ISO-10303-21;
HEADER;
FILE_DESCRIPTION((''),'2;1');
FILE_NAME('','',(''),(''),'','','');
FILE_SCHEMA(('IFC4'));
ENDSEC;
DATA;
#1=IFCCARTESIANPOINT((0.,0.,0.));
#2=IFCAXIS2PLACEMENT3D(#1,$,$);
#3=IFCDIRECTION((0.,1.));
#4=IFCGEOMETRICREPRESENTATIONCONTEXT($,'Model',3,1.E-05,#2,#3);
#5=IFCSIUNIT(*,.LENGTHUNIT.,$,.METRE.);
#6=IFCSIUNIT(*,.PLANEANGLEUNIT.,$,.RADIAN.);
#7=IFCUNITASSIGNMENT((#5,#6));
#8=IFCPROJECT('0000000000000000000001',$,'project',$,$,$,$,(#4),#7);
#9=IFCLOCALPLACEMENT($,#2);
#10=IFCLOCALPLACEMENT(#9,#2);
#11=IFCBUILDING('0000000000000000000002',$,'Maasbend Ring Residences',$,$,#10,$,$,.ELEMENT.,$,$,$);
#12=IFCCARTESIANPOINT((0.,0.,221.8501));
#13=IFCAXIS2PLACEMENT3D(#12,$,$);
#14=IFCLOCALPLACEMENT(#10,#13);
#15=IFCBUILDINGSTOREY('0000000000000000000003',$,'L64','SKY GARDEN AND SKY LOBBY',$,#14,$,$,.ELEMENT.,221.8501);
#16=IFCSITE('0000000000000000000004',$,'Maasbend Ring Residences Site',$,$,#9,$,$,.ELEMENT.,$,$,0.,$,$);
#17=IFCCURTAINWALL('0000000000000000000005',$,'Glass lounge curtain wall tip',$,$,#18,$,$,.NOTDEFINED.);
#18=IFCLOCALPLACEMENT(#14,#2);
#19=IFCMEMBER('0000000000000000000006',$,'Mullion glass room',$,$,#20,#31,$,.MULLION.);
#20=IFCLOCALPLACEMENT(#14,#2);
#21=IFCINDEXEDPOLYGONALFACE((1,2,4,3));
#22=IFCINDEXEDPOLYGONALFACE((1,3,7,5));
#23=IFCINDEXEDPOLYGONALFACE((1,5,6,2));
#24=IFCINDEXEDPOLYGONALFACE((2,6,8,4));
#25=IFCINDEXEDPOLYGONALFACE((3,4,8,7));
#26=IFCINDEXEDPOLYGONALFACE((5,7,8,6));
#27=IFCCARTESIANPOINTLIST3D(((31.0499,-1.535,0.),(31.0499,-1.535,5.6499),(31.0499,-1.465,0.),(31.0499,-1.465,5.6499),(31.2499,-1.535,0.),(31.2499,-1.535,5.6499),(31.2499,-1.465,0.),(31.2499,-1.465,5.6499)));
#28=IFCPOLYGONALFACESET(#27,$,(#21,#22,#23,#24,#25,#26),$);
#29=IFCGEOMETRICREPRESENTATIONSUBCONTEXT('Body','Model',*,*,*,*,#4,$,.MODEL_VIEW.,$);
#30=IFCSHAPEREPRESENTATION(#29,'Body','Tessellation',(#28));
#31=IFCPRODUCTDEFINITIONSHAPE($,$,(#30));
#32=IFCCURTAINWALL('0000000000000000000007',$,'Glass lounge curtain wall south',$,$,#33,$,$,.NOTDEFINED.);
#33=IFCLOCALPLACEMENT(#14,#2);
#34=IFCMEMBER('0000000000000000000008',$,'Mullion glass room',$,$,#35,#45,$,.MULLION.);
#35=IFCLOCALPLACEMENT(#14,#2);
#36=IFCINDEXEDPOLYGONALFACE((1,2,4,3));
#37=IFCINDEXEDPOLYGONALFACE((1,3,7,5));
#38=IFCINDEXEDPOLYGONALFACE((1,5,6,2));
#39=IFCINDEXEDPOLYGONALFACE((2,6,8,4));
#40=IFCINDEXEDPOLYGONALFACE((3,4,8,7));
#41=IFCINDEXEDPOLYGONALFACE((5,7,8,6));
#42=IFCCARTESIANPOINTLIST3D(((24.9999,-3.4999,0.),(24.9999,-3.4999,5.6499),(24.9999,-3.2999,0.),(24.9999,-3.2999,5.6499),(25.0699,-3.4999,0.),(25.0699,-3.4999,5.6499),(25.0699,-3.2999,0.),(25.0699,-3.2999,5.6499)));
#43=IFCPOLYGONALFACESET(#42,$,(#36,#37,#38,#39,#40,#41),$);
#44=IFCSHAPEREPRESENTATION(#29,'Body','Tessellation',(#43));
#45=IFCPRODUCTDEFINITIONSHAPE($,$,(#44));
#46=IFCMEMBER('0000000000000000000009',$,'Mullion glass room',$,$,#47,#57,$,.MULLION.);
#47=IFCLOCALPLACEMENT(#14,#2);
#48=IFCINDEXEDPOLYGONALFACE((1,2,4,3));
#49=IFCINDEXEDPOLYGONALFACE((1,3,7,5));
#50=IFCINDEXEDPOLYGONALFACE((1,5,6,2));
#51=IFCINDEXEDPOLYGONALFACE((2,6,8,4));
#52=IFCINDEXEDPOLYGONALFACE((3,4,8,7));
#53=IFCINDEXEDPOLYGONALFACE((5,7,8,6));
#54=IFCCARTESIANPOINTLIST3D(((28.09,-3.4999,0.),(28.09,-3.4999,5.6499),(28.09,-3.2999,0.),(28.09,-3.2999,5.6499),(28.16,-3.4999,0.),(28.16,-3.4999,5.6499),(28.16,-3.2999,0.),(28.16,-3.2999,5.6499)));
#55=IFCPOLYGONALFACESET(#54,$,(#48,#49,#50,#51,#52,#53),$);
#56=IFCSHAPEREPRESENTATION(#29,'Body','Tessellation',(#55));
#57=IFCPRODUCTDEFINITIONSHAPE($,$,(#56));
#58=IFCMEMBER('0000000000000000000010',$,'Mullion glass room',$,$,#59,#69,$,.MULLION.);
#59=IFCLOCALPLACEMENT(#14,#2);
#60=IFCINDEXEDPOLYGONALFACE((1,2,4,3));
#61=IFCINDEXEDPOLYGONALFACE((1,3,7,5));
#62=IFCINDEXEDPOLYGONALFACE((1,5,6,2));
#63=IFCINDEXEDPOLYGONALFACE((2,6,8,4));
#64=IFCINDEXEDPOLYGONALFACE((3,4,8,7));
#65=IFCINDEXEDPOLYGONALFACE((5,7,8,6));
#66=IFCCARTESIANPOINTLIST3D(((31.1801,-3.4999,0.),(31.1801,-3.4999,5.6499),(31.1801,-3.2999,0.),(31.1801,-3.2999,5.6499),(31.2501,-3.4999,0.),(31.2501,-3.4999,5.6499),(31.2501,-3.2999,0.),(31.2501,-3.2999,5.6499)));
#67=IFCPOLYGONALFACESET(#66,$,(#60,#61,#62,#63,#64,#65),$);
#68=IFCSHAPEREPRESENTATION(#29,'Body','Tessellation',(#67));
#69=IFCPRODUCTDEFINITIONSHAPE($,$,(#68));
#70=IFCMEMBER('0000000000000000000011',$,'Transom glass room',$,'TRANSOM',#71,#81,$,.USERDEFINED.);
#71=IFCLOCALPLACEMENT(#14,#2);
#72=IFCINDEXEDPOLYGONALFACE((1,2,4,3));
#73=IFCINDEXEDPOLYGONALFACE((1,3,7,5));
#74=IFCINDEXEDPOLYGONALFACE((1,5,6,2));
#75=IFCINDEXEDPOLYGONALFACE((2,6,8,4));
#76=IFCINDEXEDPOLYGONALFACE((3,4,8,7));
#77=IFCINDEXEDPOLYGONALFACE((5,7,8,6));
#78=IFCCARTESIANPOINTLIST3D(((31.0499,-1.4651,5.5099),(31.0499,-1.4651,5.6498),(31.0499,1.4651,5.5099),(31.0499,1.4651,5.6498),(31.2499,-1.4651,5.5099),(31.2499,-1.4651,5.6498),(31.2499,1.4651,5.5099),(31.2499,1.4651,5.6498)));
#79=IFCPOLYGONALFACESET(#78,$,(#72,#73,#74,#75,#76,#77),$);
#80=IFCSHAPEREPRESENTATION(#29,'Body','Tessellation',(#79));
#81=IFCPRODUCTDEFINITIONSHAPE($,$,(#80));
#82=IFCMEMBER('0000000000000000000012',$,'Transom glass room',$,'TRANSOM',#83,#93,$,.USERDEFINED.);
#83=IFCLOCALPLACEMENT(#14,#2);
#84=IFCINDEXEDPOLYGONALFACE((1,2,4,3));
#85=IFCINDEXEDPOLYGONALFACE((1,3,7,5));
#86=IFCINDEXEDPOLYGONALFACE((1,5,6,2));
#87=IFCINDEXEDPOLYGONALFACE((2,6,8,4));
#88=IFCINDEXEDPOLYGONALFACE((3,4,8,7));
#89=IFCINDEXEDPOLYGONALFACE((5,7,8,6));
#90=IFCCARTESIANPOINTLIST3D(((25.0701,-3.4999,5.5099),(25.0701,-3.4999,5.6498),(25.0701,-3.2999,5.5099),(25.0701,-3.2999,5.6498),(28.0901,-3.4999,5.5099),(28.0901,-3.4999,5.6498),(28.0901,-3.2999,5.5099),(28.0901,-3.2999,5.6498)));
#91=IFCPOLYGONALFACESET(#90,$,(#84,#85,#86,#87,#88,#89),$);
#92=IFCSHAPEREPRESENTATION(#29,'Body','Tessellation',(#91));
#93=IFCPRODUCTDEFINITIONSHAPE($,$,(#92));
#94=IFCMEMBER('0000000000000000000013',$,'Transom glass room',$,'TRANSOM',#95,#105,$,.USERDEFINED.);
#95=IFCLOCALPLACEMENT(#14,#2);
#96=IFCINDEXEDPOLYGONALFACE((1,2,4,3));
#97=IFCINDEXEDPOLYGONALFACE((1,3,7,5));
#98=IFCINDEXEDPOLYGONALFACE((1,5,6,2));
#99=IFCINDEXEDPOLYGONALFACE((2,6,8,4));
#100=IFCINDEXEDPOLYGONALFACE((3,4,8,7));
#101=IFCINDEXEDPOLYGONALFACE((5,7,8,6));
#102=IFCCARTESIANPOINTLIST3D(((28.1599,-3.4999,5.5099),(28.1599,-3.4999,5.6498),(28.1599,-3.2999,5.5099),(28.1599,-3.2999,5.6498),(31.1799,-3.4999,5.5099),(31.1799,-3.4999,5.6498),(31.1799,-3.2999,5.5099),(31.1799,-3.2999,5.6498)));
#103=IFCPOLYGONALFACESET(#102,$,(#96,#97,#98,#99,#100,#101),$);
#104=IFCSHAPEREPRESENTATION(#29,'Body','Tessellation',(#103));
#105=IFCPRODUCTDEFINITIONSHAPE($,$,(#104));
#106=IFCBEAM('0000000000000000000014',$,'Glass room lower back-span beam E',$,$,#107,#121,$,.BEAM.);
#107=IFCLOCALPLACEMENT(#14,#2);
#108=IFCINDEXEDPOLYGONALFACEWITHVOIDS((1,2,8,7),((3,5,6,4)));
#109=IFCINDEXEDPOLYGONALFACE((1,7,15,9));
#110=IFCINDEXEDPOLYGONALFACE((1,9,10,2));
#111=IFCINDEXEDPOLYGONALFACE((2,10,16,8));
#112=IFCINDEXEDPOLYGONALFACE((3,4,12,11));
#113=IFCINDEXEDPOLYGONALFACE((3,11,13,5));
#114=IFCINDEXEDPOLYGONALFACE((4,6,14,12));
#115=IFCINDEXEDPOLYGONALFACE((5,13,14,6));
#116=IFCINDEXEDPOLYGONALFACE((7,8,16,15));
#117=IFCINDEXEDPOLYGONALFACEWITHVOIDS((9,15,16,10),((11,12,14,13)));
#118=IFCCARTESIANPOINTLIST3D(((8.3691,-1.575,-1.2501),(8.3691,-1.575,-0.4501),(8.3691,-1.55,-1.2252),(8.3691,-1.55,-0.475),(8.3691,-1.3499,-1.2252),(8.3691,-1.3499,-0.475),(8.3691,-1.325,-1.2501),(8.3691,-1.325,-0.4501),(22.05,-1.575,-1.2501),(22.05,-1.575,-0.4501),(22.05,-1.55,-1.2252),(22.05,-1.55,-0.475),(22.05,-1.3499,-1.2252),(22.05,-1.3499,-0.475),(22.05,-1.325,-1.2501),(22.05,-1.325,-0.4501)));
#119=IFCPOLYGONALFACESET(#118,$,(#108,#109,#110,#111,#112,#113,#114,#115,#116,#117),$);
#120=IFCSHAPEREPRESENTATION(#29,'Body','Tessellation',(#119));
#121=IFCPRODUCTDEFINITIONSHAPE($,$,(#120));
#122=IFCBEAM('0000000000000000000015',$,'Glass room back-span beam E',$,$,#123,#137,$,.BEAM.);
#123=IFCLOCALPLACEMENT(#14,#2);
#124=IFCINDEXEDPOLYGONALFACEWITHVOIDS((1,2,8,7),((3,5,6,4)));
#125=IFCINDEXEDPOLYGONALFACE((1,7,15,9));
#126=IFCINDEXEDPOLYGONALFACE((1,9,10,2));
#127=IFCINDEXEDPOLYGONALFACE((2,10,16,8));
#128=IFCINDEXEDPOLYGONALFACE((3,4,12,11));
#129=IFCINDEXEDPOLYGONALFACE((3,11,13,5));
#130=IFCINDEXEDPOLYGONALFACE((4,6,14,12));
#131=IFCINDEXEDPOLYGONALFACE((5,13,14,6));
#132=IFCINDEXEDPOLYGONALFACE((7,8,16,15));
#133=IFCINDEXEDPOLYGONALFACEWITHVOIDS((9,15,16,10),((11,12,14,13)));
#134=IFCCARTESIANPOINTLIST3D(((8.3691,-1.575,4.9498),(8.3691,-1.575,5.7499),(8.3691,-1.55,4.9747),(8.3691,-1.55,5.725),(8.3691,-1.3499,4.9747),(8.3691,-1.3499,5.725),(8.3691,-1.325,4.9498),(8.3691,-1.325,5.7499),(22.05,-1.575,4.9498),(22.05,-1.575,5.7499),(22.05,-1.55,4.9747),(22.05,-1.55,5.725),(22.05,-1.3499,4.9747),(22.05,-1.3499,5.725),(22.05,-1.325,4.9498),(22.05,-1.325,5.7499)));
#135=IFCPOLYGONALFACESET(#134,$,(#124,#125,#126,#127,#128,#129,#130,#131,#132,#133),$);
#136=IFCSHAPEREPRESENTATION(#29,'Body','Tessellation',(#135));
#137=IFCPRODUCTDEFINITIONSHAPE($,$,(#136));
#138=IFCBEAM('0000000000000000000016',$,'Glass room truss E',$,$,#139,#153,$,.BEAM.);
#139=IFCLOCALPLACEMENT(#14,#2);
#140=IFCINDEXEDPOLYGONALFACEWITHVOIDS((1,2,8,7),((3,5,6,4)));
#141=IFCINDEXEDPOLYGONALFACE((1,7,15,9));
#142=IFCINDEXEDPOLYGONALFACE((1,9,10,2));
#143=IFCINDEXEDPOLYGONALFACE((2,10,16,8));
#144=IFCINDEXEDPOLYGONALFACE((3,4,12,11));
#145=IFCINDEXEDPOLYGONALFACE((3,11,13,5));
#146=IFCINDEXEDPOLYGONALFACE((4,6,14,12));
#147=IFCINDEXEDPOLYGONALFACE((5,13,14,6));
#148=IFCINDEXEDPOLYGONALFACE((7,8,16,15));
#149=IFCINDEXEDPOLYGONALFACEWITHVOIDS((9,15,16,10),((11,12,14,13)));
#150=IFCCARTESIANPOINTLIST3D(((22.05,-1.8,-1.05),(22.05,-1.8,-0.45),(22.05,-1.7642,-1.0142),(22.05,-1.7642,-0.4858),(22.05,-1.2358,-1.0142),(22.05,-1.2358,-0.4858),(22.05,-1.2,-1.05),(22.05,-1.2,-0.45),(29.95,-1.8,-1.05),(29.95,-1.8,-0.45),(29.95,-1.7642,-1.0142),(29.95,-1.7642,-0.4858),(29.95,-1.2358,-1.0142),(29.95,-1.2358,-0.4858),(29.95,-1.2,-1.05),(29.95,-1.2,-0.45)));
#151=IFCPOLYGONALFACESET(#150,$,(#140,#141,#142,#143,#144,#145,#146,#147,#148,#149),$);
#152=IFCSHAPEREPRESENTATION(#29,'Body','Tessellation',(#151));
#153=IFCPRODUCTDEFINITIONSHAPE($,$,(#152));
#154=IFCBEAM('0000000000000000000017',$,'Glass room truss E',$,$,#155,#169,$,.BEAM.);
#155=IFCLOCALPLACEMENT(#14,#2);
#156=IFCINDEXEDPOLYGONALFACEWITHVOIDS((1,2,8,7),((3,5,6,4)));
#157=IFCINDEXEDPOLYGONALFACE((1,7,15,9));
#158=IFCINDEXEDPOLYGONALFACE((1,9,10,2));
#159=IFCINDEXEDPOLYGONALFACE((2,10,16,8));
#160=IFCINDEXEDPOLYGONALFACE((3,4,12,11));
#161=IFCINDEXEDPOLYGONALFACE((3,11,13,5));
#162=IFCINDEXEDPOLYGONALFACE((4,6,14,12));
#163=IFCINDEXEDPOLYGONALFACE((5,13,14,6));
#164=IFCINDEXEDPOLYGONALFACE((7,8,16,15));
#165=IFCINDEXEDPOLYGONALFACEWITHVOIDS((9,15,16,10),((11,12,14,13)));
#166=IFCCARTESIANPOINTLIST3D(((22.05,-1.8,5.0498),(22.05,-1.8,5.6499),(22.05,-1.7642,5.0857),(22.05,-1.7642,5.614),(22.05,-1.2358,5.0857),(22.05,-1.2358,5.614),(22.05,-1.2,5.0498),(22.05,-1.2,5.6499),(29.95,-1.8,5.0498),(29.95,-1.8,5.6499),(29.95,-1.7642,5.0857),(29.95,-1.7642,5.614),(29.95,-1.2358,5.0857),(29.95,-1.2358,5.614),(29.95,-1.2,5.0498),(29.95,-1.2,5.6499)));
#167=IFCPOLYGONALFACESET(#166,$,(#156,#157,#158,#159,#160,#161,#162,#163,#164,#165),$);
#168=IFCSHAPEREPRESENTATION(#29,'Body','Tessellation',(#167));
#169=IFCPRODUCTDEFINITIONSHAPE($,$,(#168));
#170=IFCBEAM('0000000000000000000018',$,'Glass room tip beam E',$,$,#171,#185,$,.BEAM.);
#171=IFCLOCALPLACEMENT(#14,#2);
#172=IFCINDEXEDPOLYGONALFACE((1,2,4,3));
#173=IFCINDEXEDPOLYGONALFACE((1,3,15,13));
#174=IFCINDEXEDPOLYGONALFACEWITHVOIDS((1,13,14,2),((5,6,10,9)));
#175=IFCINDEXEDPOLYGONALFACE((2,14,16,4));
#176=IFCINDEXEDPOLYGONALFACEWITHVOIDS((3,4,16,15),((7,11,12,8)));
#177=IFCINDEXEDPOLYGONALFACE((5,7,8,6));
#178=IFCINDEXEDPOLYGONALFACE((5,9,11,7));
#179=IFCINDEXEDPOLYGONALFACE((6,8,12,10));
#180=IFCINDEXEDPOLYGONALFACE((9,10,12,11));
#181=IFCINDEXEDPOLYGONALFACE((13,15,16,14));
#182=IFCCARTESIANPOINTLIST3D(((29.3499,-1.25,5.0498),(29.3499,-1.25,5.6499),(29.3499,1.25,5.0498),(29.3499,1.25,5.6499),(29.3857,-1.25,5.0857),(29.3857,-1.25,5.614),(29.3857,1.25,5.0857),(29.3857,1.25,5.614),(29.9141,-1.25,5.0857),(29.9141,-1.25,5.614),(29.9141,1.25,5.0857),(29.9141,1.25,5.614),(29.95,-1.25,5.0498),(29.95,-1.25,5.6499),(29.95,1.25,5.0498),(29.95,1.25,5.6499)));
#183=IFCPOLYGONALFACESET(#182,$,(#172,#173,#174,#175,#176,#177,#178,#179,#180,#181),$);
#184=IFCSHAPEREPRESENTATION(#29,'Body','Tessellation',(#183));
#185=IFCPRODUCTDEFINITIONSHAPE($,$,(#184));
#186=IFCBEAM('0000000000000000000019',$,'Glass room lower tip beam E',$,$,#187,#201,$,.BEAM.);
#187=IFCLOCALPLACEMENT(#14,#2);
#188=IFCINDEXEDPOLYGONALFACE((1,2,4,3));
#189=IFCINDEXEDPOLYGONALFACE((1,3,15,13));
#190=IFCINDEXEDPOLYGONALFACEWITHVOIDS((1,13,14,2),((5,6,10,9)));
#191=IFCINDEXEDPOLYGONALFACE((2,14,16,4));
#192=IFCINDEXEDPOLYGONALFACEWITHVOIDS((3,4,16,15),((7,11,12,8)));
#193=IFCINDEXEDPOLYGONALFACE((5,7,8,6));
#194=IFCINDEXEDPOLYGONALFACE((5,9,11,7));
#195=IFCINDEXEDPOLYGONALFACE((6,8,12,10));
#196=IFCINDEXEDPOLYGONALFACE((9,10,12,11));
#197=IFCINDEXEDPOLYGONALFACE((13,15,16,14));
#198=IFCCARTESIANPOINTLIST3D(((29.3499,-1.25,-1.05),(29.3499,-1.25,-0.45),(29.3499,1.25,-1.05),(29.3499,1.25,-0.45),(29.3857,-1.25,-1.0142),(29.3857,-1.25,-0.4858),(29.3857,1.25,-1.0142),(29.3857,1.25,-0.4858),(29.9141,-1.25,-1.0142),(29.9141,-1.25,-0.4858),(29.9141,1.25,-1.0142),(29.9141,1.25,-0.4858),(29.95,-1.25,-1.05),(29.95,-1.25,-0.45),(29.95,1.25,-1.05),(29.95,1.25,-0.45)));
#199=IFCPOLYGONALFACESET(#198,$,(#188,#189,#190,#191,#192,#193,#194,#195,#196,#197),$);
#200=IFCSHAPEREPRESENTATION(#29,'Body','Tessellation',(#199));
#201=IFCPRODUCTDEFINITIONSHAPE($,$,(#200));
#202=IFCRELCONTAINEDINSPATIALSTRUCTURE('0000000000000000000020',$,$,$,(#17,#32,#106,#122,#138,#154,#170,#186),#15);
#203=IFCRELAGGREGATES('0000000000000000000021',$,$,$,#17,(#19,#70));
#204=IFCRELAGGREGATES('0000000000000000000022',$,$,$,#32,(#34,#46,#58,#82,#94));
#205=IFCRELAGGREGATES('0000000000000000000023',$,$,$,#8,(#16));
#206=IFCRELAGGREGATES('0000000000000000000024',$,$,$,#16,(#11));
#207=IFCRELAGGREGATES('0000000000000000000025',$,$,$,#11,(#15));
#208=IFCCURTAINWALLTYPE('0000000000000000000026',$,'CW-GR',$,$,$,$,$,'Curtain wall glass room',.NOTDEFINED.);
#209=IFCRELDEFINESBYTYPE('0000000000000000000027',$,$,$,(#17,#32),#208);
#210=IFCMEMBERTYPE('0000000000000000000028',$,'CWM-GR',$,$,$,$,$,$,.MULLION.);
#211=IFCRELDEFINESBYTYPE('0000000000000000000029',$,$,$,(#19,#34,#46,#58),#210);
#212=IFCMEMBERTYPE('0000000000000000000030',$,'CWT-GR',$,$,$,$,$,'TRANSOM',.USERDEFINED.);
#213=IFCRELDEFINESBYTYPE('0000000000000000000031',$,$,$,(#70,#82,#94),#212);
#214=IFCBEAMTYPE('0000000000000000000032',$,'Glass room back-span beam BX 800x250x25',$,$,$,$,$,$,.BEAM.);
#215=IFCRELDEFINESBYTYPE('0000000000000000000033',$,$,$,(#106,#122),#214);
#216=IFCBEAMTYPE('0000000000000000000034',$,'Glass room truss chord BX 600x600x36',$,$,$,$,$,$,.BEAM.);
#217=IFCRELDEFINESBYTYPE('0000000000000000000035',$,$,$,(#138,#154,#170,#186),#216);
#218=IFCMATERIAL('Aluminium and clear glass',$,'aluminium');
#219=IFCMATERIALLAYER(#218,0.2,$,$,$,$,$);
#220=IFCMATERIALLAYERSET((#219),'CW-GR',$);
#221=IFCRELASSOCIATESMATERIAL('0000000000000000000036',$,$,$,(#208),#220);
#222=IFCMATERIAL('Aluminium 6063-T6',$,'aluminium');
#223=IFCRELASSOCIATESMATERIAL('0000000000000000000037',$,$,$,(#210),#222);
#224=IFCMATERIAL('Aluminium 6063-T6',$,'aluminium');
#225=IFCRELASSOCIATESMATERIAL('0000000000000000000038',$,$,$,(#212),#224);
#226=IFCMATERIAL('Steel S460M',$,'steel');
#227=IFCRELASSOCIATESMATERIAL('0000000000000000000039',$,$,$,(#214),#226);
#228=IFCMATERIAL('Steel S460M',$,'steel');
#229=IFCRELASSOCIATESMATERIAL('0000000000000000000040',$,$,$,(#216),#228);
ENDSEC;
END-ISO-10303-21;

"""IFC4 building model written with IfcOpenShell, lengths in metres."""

from ifc_helpers import new_model, si_unit, direction, frame, origin, origin_2d, place, context, subcontext, project, spatial, rectangle, hollow_rectangle, extrude, material, layer, layer_set, material_profile, profile_set, type_object, element, aggregate, save


model = new_model("IFC4")

# Units and contexts
model_context = context("Model", 3, precision=1e-05, world=origin(), true_north=direction((0.0, 1.0)))
body_context = subcontext(model_context, "Body", "Model", "MODEL_VIEW")
ifc_project = project(units=[si_unit("LENGTHUNIT", "METRE"), si_unit("PLANEANGLEUNIT", "RADIAN")], contexts=[model_context])

# Site, building, storey
site_placement = place(None, origin())
site = spatial("IfcSite", under=ifc_project, at=site_placement, Name="Maasbend Ring Residences Site", CompositionType="ELEMENT", RefElevation=0.0)
building_placement = place(site_placement, origin())
building = spatial("IfcBuilding", under=site, at=building_placement, Name="Maasbend Ring Residences", CompositionType="ELEMENT")
storey_placement = place(building_placement, frame((0.0, 0.0, 221.8501)))
storey = spatial("IfcBuildingStorey", under=building, at=storey_placement, Name="L64", Description="SKY GARDEN AND SKY LOBBY", CompositionType="ELEMENT", Elevation=221.8501)

# Curtain wall, member
ifc_material_1 = material(Name="Aluminium and clear glass", Category="aluminium")
ifc_layer_1 = layer(ifc_material_1, 0.2)
ifc_layer_set_1 = layer_set([ifc_layer_1], Name="CW-GR")
curtain_wall_type = type_object("IfcCurtainWallType", Name="CW-GR", ElementType="Curtain wall glass room", PredefinedType="NOTDEFINED", material=ifc_layer_set_1)
curtain_wall_1_placement = place(storey_placement, origin())
curtain_wall_1 = element("IfcCurtainWall", 1, at=curtain_wall_1_placement, inside=storey, type_object=curtain_wall_type, Name="Glass lounge curtain wall tip", PredefinedType="NOTDEFINED")
ifc_material_2 = material(Name="Aluminium 6063-T6", Category="aluminium")
ifc_material_profile_1 = material_profile(ifc_material_2, rectangle(XDim=0.2, YDim=0.0701, at=origin_2d()), Name="AL 200x70")
ifc_profile_set_1 = profile_set([ifc_material_profile_1], Name="Aluminium 6063-T6")
member_type_1 = type_object("IfcMemberType", Name="CWM-GR", PredefinedType="MULLION", material=ifc_profile_set_1)
member_1_placement = place(storey_placement, frame((31.1499, -1.5, 0.0), z_axis=(0.0, 0.0, 1.0), x_axis=(-1.0, 0.0, 0.0)))
member_1 = element("IfcMember", 2, at=member_1_placement, type_object=member_type_1, Name="Mullion glass room", PredefinedType="MULLION", context=body_context, shape_type="SweptSolid", body=[
    extrude(rectangle(XDim=0.2, YDim=0.0701, at=origin_2d()), origin(), (0.0, 0.0, 1.0), 5.6499),
])

# Curtain wall, members
curtain_wall_2_placement = place(storey_placement, origin())
curtain_wall_2 = element("IfcCurtainWall", 3, at=curtain_wall_2_placement, inside=storey, type_object=curtain_wall_type, Name="Glass lounge curtain wall south", PredefinedType="NOTDEFINED")
member_2_placement = place(storey_placement, frame((25.0349, -3.3999, 0.0), z_axis=(0.0, 0.0, 1.0), x_axis=(0.0, 1.0, 0.0)))
member_2 = element("IfcMember", 4, at=member_2_placement, type_object=member_type_1, Name="Mullion glass room", PredefinedType="MULLION", context=body_context, shape_type="SweptSolid", body=[
    extrude(rectangle(XDim=0.2, YDim=0.0701, at=origin_2d()), origin(), (0.0, 0.0, 1.0), 5.6499),
])
member_3_placement = place(storey_placement, frame((28.125, -3.3999, 0.0), z_axis=(0.0, 0.0, 1.0), x_axis=(0.0, 1.0, 0.0)))
member_3 = element("IfcMember", 5, at=member_3_placement, type_object=member_type_1, Name="Mullion glass room", PredefinedType="MULLION", context=body_context, shape_type="SweptSolid", body=[
    extrude(rectangle(XDim=0.2, YDim=0.0701, at=origin_2d()), origin(), (0.0, 0.0, 1.0), 5.6499),
])
member_4_placement = place(storey_placement, frame((31.2151, -3.3999, 0.0), z_axis=(0.0, 0.0, 1.0), x_axis=(0.0, 1.0, 0.0)))
member_4 = element("IfcMember", 6, at=member_4_placement, type_object=member_type_1, Name="Mullion glass room", PredefinedType="MULLION", context=body_context, shape_type="SweptSolid", body=[
    extrude(rectangle(XDim=0.2, YDim=0.0701, at=origin_2d()), origin(), (0.0, 0.0, 1.0), 5.6499),
])

# Members
ifc_material_3 = material(Name="Aluminium 6063-T6", Category="aluminium")
ifc_material_profile_2 = material_profile(ifc_material_3, rectangle(XDim=0.2, YDim=0.1399, at=origin_2d()), Name="AL 200x140")
ifc_profile_set_2 = profile_set([ifc_material_profile_2], Name="Aluminium 6063-T6")
member_type_2 = type_object("IfcMemberType", Name="CWT-GR", ElementType="TRANSOM", PredefinedType="USERDEFINED", material=ifc_profile_set_2)
member_5_placement = place(storey_placement, frame((31.1499, -1.4651, 5.5798), z_axis=(0.0, 1.0, 0.0), x_axis=(-1.0, 0.0, 0.0)))
member_5 = element("IfcMember", 7, at=member_5_placement, type_object=member_type_2, Name="Transom glass room", ObjectType="TRANSOM", PredefinedType="USERDEFINED", context=body_context, shape_type="SweptSolid", body=[
    extrude(rectangle(XDim=0.2, YDim=0.1399, at=origin_2d()), origin(), (0.0, 0.0, 1.0), 2.9302),
])
member_6_placement = place(storey_placement, frame((25.0701, -3.3999, 5.5798), z_axis=(1.0, 0.0, 0.0), x_axis=(0.0, 1.0, 0.0)))
member_6 = element("IfcMember", 8, at=member_6_placement, type_object=member_type_2, Name="Transom glass room", ObjectType="TRANSOM", PredefinedType="USERDEFINED", context=body_context, shape_type="SweptSolid", body=[
    extrude(rectangle(XDim=0.2, YDim=0.1399, at=origin_2d()), origin(), (0.0, 0.0, 1.0), 3.02),
])
member_7_placement = place(storey_placement, frame((28.1599, -3.3999, 5.5798), z_axis=(1.0, 0.0, 0.0), x_axis=(0.0, 1.0, 0.0)))
member_7 = element("IfcMember", 9, at=member_7_placement, type_object=member_type_2, Name="Transom glass room", ObjectType="TRANSOM", PredefinedType="USERDEFINED", context=body_context, shape_type="SweptSolid", body=[
    extrude(rectangle(XDim=0.2, YDim=0.1399, at=origin_2d()), origin(), (0.0, 0.0, 1.0), 3.02),
])

# Beams
ifc_material_4 = material(Name="Steel S460M", Category="steel")
ifc_material_profile_3 = material_profile(ifc_material_4, hollow_rectangle(XDim=0.25, YDim=0.8, WallThickness=0.0249, at=origin_2d()), Name="Glass room back-span beam BX 800x250x25")
ifc_profile_set_3 = profile_set([ifc_material_profile_3], Name="Steel S460M")
beam_type_1 = type_object("IfcBeamType", Name="Glass room back-span beam BX 800x250x25", PredefinedType="BEAM", material=ifc_profile_set_3)
for number, where, z_axis, x_axis, name in (
    (10, (22.05, -1.45, -0.8501), (-1.0, 0.0, 0.0), (0.0, -1.0, 0.0), "Glass room lower back-span beam E"),
    (11, (22.05, -1.45, 5.3499), (-1.0, 0.0, 0.0), (0.0, -1.0, 0.0), "Glass room back-span beam E"),
):
    element("IfcBeam", number, at=place(storey_placement, frame(where, z_axis=z_axis, x_axis=x_axis)), inside=storey, type_object=beam_type_1, Name=name, PredefinedType="BEAM", context=body_context, shape_type="SweptSolid", body=[
        extrude(hollow_rectangle(XDim=0.25, YDim=0.8, WallThickness=0.0249, at=origin_2d()), origin(), (0.0, 0.0, 1.0), 13.6809),
    ])
ifc_material_5 = material(Name="Steel S460M", Category="steel")
ifc_material_profile_4 = material_profile(ifc_material_5, hollow_rectangle(XDim=0.6001, YDim=0.6001, WallThickness=0.0359, at=origin_2d()), Name="Glass room truss chord BX 600x600x36")
ifc_profile_set_4 = profile_set([ifc_material_profile_4], Name="Steel S460M")
beam_type_2 = type_object("IfcBeamType", Name="Glass room truss chord BX 600x600x36", PredefinedType="BEAM", material=ifc_profile_set_4)
for number, where, z_axis, x_axis, name in (
    (12, (22.05, -1.5, -0.75), (1.0, 0.0, 0.0), (0.0, 1.0, 0.0), "Glass room truss E"),
    (13, (22.05, -1.5, 5.3499), (1.0, 0.0, 0.0), (0.0, 1.0, 0.0), "Glass room truss E"),
):
    element("IfcBeam", number, at=place(storey_placement, frame(where, z_axis=z_axis, x_axis=x_axis)), inside=storey, type_object=beam_type_2, Name=name, PredefinedType="BEAM", context=body_context, shape_type="SweptSolid", body=[
        extrude(hollow_rectangle(XDim=0.6001, YDim=0.6001, WallThickness=0.0359, at=origin_2d()), origin(), (0.0, 0.0, 1.0), 7.8999),
    ])
for number, where, z_axis, x_axis, name in (
    (14, (29.6499, -1.25, 5.3499), (0.0, 1.0, 0.0), (-1.0, 0.0, 0.0), "Glass room tip beam E"),
    (15, (29.6499, -1.25, -0.75), (0.0, 1.0, 0.0), (-1.0, 0.0, 0.0), "Glass room lower tip beam E"),
):
    element("IfcBeam", number, at=place(storey_placement, frame(where, z_axis=z_axis, x_axis=x_axis)), inside=storey, type_object=beam_type_2, Name=name, PredefinedType="BEAM", context=body_context, shape_type="SweptSolid", body=[
        extrude(hollow_rectangle(XDim=0.6001, YDim=0.6001, WallThickness=0.0359, at=origin_2d()), origin(), (0.0, 0.0, 1.0), 2.5),
    ])

aggregate(curtain_wall_1, [member_1, member_5])
aggregate(curtain_wall_2, [member_2, member_3, member_4, member_6, member_7])

save(model, "model.ifc")
